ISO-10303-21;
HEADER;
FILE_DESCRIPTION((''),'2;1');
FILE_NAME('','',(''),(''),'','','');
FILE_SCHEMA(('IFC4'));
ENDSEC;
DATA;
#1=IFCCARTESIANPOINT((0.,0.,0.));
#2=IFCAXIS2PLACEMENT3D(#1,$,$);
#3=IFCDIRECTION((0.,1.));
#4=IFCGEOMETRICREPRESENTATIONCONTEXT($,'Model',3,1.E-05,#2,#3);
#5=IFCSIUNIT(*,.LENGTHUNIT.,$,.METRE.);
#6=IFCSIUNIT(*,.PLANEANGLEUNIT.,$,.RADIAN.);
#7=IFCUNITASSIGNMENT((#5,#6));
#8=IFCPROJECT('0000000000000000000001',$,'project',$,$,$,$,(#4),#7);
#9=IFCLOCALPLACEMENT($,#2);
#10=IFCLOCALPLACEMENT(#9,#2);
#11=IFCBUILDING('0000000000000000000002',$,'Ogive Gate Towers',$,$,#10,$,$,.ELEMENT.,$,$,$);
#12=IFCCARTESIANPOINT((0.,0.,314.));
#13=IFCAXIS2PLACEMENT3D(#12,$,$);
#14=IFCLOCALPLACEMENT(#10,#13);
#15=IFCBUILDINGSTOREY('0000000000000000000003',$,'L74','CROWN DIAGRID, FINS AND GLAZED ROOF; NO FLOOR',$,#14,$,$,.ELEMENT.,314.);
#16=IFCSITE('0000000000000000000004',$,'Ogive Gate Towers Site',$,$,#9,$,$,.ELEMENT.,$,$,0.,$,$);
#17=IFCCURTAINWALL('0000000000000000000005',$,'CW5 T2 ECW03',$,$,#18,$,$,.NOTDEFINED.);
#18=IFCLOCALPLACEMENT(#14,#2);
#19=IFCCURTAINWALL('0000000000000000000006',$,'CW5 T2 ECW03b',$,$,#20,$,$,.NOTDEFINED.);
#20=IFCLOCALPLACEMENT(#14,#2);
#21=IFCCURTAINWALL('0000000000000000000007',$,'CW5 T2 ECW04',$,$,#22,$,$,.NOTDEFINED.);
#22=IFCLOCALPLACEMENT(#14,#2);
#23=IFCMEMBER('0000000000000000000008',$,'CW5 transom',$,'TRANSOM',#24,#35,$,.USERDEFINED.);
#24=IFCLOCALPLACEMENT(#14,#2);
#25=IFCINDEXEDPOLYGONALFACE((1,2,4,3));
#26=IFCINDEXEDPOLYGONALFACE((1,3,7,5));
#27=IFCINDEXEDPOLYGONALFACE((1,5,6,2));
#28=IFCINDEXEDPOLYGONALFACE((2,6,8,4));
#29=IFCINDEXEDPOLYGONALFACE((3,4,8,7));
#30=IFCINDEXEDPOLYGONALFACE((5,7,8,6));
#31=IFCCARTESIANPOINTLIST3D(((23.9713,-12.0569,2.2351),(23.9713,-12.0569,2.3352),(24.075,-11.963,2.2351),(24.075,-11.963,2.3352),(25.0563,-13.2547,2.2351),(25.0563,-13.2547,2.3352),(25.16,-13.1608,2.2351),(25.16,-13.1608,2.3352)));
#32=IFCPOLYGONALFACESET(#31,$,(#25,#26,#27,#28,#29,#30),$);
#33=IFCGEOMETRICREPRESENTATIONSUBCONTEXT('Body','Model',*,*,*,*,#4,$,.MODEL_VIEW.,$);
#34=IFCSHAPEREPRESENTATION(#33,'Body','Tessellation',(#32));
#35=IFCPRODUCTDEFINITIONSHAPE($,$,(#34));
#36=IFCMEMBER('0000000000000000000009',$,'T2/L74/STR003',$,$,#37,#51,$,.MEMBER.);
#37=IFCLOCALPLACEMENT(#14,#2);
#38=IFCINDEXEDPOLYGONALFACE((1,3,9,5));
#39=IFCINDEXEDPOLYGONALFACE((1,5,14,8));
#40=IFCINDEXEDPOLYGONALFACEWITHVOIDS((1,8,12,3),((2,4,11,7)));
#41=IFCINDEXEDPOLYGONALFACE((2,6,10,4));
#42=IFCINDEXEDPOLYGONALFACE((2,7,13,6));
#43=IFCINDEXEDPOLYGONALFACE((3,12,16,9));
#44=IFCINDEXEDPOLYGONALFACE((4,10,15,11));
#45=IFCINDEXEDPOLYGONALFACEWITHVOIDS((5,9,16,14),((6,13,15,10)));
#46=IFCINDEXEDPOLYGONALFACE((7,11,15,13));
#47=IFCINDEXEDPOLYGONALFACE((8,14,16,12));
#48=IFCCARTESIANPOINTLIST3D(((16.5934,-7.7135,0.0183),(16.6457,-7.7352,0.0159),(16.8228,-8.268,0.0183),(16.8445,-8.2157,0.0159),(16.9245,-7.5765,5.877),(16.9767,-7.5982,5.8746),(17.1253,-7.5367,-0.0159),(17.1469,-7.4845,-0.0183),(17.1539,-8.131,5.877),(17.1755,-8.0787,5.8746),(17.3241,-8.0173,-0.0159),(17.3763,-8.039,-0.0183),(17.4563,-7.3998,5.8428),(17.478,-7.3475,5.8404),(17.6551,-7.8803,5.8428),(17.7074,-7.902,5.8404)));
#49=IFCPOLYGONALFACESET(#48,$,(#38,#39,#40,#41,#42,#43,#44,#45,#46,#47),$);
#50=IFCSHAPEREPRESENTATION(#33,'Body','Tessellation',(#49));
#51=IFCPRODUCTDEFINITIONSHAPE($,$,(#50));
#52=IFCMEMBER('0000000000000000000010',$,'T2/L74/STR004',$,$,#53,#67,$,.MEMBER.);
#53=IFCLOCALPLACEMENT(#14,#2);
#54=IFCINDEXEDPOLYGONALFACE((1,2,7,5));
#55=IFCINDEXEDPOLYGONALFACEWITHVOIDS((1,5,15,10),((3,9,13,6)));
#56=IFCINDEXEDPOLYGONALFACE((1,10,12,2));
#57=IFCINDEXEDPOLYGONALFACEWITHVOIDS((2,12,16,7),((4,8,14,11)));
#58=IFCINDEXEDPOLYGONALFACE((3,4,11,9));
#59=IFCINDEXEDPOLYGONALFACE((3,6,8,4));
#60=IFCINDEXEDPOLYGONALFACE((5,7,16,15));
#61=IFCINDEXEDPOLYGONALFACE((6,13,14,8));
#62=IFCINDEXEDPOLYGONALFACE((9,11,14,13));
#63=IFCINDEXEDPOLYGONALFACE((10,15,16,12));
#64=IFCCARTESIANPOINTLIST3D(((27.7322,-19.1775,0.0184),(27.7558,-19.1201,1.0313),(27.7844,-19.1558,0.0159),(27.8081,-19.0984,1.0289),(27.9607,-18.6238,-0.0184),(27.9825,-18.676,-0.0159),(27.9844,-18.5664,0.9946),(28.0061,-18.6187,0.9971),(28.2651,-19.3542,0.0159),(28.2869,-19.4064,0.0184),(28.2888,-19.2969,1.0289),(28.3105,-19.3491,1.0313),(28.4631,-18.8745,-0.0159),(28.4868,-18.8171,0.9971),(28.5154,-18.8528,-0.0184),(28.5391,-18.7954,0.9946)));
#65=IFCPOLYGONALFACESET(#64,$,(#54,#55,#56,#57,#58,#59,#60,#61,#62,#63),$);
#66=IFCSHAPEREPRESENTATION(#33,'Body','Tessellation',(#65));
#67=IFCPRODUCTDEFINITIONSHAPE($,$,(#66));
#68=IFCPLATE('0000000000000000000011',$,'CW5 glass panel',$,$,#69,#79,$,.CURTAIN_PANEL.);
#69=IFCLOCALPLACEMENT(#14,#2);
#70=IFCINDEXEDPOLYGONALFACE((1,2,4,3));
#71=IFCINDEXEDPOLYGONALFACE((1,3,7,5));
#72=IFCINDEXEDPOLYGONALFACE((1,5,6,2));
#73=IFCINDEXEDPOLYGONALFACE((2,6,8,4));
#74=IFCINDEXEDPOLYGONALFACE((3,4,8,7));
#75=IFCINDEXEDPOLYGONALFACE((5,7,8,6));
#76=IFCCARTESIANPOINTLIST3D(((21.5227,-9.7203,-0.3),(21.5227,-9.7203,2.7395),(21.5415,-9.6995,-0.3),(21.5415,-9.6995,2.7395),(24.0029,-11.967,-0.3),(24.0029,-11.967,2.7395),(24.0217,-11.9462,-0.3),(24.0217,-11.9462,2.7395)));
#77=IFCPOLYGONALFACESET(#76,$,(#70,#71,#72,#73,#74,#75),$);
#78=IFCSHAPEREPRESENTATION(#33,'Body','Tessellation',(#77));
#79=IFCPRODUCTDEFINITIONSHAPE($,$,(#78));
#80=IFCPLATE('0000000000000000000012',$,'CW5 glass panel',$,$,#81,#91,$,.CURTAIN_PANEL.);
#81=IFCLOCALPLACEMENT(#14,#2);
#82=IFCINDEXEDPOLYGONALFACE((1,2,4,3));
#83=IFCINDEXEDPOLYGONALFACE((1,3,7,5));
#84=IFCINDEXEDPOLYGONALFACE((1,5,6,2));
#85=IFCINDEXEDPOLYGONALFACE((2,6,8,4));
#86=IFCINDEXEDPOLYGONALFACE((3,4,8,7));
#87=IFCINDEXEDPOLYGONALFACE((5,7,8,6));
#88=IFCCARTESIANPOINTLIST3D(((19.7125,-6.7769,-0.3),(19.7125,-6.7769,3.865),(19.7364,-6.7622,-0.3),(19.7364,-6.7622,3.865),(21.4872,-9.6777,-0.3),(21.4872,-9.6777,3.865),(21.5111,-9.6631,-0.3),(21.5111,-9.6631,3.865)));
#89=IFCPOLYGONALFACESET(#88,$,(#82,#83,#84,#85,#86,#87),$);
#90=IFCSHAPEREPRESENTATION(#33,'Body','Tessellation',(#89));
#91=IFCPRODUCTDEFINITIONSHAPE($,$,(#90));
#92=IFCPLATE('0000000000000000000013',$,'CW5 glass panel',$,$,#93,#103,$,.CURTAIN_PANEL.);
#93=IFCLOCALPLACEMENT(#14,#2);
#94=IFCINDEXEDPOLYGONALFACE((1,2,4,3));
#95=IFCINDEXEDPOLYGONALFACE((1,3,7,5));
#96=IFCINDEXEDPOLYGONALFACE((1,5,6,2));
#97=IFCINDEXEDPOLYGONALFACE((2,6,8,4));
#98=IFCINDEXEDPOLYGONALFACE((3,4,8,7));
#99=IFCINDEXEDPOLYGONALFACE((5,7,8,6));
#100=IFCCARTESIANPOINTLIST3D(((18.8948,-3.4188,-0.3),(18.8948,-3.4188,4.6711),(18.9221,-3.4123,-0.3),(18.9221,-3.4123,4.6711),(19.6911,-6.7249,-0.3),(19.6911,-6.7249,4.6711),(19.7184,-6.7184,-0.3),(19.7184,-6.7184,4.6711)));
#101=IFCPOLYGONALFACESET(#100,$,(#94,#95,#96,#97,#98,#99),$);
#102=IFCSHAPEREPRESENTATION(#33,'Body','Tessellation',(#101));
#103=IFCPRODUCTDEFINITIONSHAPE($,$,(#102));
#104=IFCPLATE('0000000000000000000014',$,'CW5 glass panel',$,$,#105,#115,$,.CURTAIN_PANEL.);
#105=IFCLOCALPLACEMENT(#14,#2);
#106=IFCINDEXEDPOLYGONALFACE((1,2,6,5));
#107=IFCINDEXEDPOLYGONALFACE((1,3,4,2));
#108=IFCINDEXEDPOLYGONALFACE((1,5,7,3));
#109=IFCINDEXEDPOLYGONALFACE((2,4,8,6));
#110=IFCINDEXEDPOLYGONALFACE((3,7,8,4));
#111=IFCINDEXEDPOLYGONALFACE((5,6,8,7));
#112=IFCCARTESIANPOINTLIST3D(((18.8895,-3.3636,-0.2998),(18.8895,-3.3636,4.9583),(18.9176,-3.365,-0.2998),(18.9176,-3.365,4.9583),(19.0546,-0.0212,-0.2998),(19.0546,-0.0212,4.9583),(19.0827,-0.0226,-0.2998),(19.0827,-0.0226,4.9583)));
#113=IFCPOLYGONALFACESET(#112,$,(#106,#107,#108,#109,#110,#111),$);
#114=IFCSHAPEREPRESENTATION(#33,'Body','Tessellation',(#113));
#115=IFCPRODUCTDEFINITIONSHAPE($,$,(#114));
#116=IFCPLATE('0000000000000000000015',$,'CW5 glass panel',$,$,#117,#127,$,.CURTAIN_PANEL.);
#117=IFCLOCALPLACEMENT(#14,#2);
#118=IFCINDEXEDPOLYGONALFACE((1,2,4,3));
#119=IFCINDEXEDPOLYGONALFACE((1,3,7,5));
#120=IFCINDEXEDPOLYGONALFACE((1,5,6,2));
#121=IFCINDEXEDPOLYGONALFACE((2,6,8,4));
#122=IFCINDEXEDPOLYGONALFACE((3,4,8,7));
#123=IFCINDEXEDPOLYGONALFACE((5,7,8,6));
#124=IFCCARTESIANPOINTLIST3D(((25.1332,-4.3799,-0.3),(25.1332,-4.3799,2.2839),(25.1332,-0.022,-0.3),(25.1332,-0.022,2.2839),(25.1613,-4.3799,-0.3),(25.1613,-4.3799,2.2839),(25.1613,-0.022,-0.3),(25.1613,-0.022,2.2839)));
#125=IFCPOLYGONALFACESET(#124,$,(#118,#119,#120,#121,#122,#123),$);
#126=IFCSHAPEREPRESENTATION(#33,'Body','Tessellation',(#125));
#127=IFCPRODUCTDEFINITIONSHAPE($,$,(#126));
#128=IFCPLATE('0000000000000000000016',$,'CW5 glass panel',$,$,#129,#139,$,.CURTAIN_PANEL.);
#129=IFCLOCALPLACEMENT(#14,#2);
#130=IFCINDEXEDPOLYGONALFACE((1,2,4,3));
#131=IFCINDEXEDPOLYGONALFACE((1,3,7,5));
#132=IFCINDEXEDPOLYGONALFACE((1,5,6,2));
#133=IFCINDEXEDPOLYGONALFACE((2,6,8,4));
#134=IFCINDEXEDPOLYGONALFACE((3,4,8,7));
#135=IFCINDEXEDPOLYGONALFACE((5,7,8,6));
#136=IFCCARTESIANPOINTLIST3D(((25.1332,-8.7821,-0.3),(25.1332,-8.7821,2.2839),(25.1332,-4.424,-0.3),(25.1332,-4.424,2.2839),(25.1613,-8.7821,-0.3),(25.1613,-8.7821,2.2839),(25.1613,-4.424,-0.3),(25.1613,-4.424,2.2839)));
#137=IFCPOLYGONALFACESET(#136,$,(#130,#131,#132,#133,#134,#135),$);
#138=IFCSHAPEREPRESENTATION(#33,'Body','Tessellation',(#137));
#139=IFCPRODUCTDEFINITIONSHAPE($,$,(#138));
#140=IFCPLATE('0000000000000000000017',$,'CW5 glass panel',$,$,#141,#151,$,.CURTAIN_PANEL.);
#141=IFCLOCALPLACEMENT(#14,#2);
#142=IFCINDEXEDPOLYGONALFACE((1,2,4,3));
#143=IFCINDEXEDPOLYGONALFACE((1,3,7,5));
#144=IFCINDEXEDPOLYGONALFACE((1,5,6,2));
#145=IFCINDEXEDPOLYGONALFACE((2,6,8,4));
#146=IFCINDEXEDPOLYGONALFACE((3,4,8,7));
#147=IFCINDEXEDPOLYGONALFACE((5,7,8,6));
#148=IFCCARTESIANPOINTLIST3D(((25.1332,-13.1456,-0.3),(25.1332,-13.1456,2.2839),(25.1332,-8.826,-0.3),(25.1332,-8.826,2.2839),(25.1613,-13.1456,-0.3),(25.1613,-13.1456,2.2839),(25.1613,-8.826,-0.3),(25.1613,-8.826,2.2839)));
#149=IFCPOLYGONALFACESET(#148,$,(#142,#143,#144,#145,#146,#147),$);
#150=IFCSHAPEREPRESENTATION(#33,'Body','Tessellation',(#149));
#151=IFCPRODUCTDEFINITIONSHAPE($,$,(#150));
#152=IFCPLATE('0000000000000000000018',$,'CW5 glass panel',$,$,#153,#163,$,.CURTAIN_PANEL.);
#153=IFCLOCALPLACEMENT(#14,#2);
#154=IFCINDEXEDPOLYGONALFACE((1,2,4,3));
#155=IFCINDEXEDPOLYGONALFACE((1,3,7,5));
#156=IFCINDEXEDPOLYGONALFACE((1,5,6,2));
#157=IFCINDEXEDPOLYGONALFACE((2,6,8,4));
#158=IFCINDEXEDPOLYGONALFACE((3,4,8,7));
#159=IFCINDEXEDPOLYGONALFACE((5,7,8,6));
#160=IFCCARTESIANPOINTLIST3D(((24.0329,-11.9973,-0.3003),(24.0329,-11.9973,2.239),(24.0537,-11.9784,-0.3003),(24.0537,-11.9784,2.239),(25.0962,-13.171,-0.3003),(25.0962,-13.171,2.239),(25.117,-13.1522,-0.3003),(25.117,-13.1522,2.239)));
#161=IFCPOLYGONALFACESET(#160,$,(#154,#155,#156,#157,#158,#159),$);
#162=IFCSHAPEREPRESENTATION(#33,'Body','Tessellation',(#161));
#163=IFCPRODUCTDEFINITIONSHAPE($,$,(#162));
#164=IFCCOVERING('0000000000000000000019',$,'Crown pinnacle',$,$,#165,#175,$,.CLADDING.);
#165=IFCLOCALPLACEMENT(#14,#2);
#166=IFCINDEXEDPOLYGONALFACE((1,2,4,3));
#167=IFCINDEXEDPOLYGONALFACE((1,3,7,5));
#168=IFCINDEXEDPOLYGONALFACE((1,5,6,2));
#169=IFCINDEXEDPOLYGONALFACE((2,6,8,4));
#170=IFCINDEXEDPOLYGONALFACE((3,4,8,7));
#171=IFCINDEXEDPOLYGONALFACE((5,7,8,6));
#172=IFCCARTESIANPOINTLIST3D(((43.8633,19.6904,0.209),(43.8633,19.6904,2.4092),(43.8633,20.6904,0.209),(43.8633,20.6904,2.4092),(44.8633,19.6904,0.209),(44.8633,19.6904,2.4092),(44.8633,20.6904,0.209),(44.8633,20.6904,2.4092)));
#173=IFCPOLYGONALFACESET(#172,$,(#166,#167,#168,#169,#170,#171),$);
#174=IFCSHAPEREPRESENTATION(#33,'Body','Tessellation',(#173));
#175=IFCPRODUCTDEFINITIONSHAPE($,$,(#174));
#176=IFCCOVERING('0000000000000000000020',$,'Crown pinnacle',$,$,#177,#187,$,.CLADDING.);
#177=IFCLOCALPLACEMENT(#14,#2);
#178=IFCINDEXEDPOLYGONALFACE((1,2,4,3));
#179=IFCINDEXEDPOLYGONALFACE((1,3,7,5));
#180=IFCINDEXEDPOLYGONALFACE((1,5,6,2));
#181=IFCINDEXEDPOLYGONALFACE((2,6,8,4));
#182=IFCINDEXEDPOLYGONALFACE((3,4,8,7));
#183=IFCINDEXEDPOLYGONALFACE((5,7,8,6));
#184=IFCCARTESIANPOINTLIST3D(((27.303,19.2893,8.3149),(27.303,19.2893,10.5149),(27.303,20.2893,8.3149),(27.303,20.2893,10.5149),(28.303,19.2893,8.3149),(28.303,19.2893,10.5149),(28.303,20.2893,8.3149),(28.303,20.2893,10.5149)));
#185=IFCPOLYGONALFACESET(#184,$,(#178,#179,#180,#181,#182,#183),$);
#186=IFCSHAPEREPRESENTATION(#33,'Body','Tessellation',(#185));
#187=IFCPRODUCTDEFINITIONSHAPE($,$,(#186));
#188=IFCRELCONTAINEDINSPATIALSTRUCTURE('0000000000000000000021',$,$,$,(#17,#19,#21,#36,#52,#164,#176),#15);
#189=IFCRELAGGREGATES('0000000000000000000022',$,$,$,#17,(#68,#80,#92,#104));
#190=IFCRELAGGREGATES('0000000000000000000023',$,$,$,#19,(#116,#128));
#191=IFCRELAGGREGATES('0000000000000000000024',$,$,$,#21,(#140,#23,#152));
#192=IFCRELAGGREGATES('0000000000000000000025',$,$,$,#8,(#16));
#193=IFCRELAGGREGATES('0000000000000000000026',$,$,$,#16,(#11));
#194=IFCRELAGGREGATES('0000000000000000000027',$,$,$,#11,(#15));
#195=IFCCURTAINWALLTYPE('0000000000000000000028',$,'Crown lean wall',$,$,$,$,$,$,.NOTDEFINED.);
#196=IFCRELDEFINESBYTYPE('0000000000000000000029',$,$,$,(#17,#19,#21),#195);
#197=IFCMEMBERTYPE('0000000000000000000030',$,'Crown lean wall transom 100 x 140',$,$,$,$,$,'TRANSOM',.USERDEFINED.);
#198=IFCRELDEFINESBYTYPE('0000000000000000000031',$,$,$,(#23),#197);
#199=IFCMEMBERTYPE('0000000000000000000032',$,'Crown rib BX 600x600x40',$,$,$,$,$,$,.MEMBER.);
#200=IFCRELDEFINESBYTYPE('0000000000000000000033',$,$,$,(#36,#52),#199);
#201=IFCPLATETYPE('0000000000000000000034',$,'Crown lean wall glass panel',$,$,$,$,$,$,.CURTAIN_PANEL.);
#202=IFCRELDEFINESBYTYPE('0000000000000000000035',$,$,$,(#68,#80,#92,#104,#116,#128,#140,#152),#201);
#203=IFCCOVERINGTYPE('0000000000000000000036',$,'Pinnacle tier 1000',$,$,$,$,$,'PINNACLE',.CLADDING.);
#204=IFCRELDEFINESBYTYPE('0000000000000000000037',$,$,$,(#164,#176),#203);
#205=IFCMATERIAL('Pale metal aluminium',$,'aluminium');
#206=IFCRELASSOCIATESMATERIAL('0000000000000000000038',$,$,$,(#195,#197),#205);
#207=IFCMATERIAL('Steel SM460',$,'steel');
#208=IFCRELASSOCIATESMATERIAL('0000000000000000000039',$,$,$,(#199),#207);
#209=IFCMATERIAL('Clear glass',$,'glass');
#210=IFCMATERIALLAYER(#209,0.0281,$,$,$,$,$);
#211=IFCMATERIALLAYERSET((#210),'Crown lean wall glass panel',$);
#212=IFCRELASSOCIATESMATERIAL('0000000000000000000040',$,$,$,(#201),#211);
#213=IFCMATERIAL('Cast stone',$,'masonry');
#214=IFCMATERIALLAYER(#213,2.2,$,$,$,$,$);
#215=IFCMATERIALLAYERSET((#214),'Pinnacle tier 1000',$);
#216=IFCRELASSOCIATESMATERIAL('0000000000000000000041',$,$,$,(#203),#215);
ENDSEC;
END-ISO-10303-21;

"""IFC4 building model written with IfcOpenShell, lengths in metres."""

from ifc_helpers import new_model, si_unit, direction, frame, origin, origin_2d, place, context, subcontext, project, spatial, polyline, rectangle, hollow_rectangle, outline, extrude, material, layer, layer_set, material_profile, profile_set, type_object, element, aggregate, save


model = new_model("IFC4")

# Units and contexts
model_context = context("Model", 3, precision=1e-05, world=origin(), true_north=direction((0.0, 1.0)))
body_context = subcontext(model_context, "Body", "Model", "MODEL_VIEW")
ifc_project = project(units=[si_unit("LENGTHUNIT", "METRE"), si_unit("PLANEANGLEUNIT", "RADIAN")], contexts=[model_context])

# Site, building, storey
site_placement = place(None, origin())
site = spatial("IfcSite", under=ifc_project, at=site_placement, Name="Ogive Gate Towers Site", CompositionType="ELEMENT", RefElevation=0.0)
building_placement = place(site_placement, origin())
building = spatial("IfcBuilding", under=site, at=building_placement, Name="Ogive Gate Towers", CompositionType="ELEMENT")
storey_placement = place(building_placement, frame((0.0, 0.0, 314.0)))
storey = spatial("IfcBuildingStorey", under=building, at=storey_placement, Name="L74", Description="CROWN DIAGRID, FINS AND GLAZED ROOF; NO FLOOR", CompositionType="ELEMENT", Elevation=314.0)

# Shared definitions
ifc_material_1 = material(Name="Pale metal aluminium", Category="aluminium")
curtain_wall_type = type_object("IfcCurtainWallType", Name="Crown lean wall", PredefinedType="NOTDEFINED", material=ifc_material_1)

# Curtain walls
curtain_wall_1_placement = place(storey_placement, origin())
curtain_wall_1 = element("IfcCurtainWall", 1, at=curtain_wall_1_placement, inside=storey, type_object=curtain_wall_type, Name="CW5 T2 ECW03", PredefinedType="NOTDEFINED")
curtain_wall_2_placement = place(storey_placement, origin())
curtain_wall_2 = element("IfcCurtainWall", 2, at=curtain_wall_2_placement, inside=storey, type_object=curtain_wall_type, Name="CW5 T2 ECW03b", PredefinedType="NOTDEFINED")

# Curtain wall
curtain_wall_3_placement = place(storey_placement, origin())
curtain_wall_3 = element("IfcCurtainWall", 3, at=curtain_wall_3_placement, inside=storey, type_object=curtain_wall_type, Name="CW5 T2 ECW04", PredefinedType="NOTDEFINED")

# Member
ifc_material_profile_1 = material_profile(ifc_material_1, rectangle(XDim=0.1399, YDim=0.1001, at=origin_2d()), Name="100 x 140 aluminium box")
ifc_profile_set_1 = profile_set([ifc_material_profile_1], Name="Pale metal aluminium")
member_type_1 = type_object("IfcMemberType", Name="Crown lean wall transom 100 x 140", ElementType="TRANSOM", PredefinedType="USERDEFINED", material=ifc_profile_set_1)
member_1_placement = place(storey_placement, frame((25.1082, -13.2078, 2.2852), z_axis=(-0.671348, 0.741142, 0.0), x_axis=(-0.741142, -0.671348, 0.0)))
member_1 = element("IfcMember", 4, at=member_1_placement, type_object=member_type_1, Name="CW5 transom", ObjectType="TRANSOM", PredefinedType="USERDEFINED", context=body_context, shape_type="SweptSolid", body=[
    extrude(rectangle(XDim=0.1399, YDim=0.1001, at=origin_2d()), origin(), (0.0, 0.0, 1.0), 1.6162),
])

# Members
ifc_material_2 = material(Name="Steel SM460", Category="steel")
ifc_material_profile_2 = material_profile(ifc_material_2, hollow_rectangle(XDim=0.6001, YDim=0.6001, WallThickness=0.04, at=origin_2d()), Name="BX 600x600x40")
ifc_profile_set_2 = profile_set([ifc_material_profile_2], Name="Steel SM460")
member_type_2 = type_object("IfcMemberType", Name="Crown rib BX 600x600x40", PredefinedType="MEMBER", material=ifc_profile_set_2)
member_2_placement = place(storey_placement, frame((16.9849, -7.8762, 0.0), z_axis=(0.056402, 0.023334, 0.998135), x_axis=(-0.382292, 0.924042, 0.0)))
element("IfcMember", 5, at=member_2_placement, inside=storey, type_object=member_type_2, Name="T2/L74/STR003", PredefinedType="MEMBER", context=body_context, shape_type="SweptSolid", body=[
    extrude(hollow_rectangle(XDim=0.6001, YDim=0.6001, WallThickness=0.04, at=origin_2d()), origin(), (0.0, 0.0, 1.0), 5.8696),
])
member_3_placement = place(storey_placement, frame((28.1238, -19.0151, 0.0), z_axis=(0.023335, 0.056534, 0.998128), x_axis=(-0.924352, 0.381541, 0.0)))
element("IfcMember", 6, at=member_3_placement, inside=storey, type_object=member_type_2, Name="T2/L74/STR004", PredefinedType="MEMBER", context=body_context, shape_type="SweptSolid", body=[
    extrude(hollow_rectangle(XDim=0.6001, YDim=0.6001, WallThickness=0.04, at=origin_2d()), origin(), (0.0, 0.0, 1.0), 1.0149),
])

# Plates
ifc_material_3 = material(Name="Clear glass", Category="glass")
ifc_layer_1 = layer(ifc_material_3, 0.0281)
ifc_layer_set_1 = layer_set([ifc_layer_1], Name="Crown lean wall glass panel")
plate_type = type_object("IfcPlateType", Name="Crown lean wall glass panel", PredefinedType="CURTAIN_PANEL", material=ifc_layer_set_1)
plate_1_placement = place(storey_placement, frame((22.7722, -10.8333, -0.3), z_axis=(0.0, 0.0, 1.0), x_axis=(-0.741144, 0.671346, 0.0)))
plate_1 = element("IfcPlate", 7, at=plate_1_placement, type_object=plate_type, Name="CW5 glass panel", PredefinedType="CURTAIN_PANEL", context=body_context, shape_type="SweptSolid", body=[
    extrude(rectangle(XDim=3.3464, YDim=0.0281, at=origin_2d()), origin(), (0.0, 0.0, 1.0), 3.0396),
])
plate_2_placement = place(storey_placement, frame((20.6118, -8.22, -0.3), z_axis=(0.0, 0.0, 1.0), x_axis=(-0.521873, 0.853023, 0.0)))
plate_2 = element("IfcPlate", 8, at=plate_2_placement, type_object=plate_type, Name="CW5 glass panel", PredefinedType="CURTAIN_PANEL", context=body_context, shape_type="SweptSolid", body=[
    extrude(rectangle(XDim=3.4006, YDim=0.0281, at=origin_2d()), origin(), (0.0, 0.0, 1.0), 4.165),
])
plate_3_placement = place(storey_placement, frame((19.3066, -5.0686, -0.3), z_axis=(0.0, 0.0, 1.0), x_axis=(-0.234158, 0.972199, 0.0)))
plate_3 = element("IfcPlate", 9, at=plate_3_placement, type_object=plate_type, Name="CW5 glass panel", PredefinedType="CURTAIN_PANEL", context=body_context, shape_type="SweptSolid", body=[
    extrude(rectangle(XDim=3.4006, YDim=0.0281, at=origin_2d()), origin(), (0.0, 0.0, 1.0), 4.9712),
])
plate_4_placement = place(storey_placement, frame((18.9861, -1.6931, -0.2998), z_axis=(0.0, 0.0, 1.0), x_axis=(0.049338, 0.998782, 0.0)))
plate_4 = element("IfcPlate", 10, at=plate_4_placement, type_object=plate_type, Name="CW5 glass panel", PredefinedType="CURTAIN_PANEL", context=body_context, shape_type="SweptSolid", body=[
    extrude(rectangle(XDim=3.3464, YDim=0.0281, at=origin_2d()), origin(), (0.0, 0.0, 1.0), 5.2581),
])
aggregate(curtain_wall_1, [plate_1, plate_2, plate_3, plate_4])
plate_5_placement = place(storey_placement, frame((25.1472, -2.2009, -0.3), z_axis=(0.0, 0.0, 1.0), x_axis=(0.0, -1.0, 0.0)))
plate_5 = element("IfcPlate", 11, at=plate_5_placement, type_object=plate_type, Name="CW5 glass panel", PredefinedType="CURTAIN_PANEL", context=body_context, shape_type="SweptSolid", body=[
    extrude(rectangle(XDim=4.3579, YDim=0.0281, at=origin_2d()), origin(), (0.0, 0.0, 1.0), 2.584),
])
plate_6_placement = place(storey_placement, frame((25.1472, -6.603, -0.3), z_axis=(0.0, 0.0, 1.0), x_axis=(0.0, -1.0, 0.0)))
plate_6 = element("IfcPlate", 12, at=plate_6_placement, type_object=plate_type, Name="CW5 glass panel", PredefinedType="CURTAIN_PANEL", context=body_context, shape_type="SweptSolid", body=[
    extrude(rectangle(XDim=4.3582, YDim=0.0281, at=origin_2d()), origin(), (0.0, 0.0, 1.0), 2.584),
])
aggregate(curtain_wall_2, [plate_5, plate_6])
plate_7_placement = place(storey_placement, frame((25.1472, -10.9858, -0.3), z_axis=(0.0, 0.0, 1.0), x_axis=(0.0, -1.0, 0.0)))
plate_7 = element("IfcPlate", 13, at=plate_7_placement, type_object=plate_type, Name="CW5 glass panel", PredefinedType="CURTAIN_PANEL", context=body_context, shape_type="SweptSolid", body=[
    extrude(rectangle(XDim=4.3196, YDim=0.0281, at=origin_2d()), origin(), (0.0, 0.0, 1.0), 2.584),
])
plate_8_placement = place(storey_placement, frame((24.575, -12.5747, -0.3003), z_axis=(0.0, 0.0, 1.0), x_axis=(-0.671371, 0.741121, 0.0)))
plate_8 = element("IfcPlate", 14, at=plate_8_placement, type_object=plate_type, Name="CW5 glass panel", PredefinedType="CURTAIN_PANEL", context=body_context, shape_type="SweptSolid", body=[
    extrude(rectangle(XDim=1.5837, YDim=0.0281, at=origin_2d()), origin(), (0.0, 0.0, 1.0), 2.5393),
])
aggregate(curtain_wall_3, [plate_7, member_1, plate_8])

# Coverings
ifc_material_4 = material(Name="Cast stone", Category="masonry")
ifc_layer_2 = layer(ifc_material_4, 2.2)
ifc_layer_set_2 = layer_set([ifc_layer_2], Name="Pinnacle tier 1000")
covering_type_1 = type_object("IfcCoveringType", Name="Pinnacle tier 1000", ElementType="PINNACLE", PredefinedType="CLADDING", material=ifc_layer_set_2)
covering_1_placement = place(storey_placement, frame((0.0, 0.0, 0.209)))
element("IfcCovering", 15, at=covering_1_placement, inside=storey, type_object=covering_type_1, Name="Crown pinnacle", PredefinedType="CLADDING", context=body_context, shape_type="SweptSolid", body=[
    extrude(outline(polyline([(44.8633, 20.6904), (43.8633, 20.6904), (43.8633, 19.6904), (44.8633, 19.6904), (44.8633, 20.6904)])), origin(), (0.0, 0.0, 1.0), 2.2002),
])
covering_2_placement = place(storey_placement, frame((0.0, 0.0, 8.3149)))
element("IfcCovering", 16, at=covering_2_placement, inside=storey, type_object=covering_type_1, Name="Crown pinnacle", PredefinedType="CLADDING", context=body_context, shape_type="SweptSolid", body=[
    extrude(outline(polyline([(28.303, 20.2893), (27.303, 20.2893), (27.303, 19.2893), (28.303, 19.2893), (28.303, 20.2893)])), origin(), (0.0, 0.0, 1.0), 2.2),
])

save(model, "model.ifc")
